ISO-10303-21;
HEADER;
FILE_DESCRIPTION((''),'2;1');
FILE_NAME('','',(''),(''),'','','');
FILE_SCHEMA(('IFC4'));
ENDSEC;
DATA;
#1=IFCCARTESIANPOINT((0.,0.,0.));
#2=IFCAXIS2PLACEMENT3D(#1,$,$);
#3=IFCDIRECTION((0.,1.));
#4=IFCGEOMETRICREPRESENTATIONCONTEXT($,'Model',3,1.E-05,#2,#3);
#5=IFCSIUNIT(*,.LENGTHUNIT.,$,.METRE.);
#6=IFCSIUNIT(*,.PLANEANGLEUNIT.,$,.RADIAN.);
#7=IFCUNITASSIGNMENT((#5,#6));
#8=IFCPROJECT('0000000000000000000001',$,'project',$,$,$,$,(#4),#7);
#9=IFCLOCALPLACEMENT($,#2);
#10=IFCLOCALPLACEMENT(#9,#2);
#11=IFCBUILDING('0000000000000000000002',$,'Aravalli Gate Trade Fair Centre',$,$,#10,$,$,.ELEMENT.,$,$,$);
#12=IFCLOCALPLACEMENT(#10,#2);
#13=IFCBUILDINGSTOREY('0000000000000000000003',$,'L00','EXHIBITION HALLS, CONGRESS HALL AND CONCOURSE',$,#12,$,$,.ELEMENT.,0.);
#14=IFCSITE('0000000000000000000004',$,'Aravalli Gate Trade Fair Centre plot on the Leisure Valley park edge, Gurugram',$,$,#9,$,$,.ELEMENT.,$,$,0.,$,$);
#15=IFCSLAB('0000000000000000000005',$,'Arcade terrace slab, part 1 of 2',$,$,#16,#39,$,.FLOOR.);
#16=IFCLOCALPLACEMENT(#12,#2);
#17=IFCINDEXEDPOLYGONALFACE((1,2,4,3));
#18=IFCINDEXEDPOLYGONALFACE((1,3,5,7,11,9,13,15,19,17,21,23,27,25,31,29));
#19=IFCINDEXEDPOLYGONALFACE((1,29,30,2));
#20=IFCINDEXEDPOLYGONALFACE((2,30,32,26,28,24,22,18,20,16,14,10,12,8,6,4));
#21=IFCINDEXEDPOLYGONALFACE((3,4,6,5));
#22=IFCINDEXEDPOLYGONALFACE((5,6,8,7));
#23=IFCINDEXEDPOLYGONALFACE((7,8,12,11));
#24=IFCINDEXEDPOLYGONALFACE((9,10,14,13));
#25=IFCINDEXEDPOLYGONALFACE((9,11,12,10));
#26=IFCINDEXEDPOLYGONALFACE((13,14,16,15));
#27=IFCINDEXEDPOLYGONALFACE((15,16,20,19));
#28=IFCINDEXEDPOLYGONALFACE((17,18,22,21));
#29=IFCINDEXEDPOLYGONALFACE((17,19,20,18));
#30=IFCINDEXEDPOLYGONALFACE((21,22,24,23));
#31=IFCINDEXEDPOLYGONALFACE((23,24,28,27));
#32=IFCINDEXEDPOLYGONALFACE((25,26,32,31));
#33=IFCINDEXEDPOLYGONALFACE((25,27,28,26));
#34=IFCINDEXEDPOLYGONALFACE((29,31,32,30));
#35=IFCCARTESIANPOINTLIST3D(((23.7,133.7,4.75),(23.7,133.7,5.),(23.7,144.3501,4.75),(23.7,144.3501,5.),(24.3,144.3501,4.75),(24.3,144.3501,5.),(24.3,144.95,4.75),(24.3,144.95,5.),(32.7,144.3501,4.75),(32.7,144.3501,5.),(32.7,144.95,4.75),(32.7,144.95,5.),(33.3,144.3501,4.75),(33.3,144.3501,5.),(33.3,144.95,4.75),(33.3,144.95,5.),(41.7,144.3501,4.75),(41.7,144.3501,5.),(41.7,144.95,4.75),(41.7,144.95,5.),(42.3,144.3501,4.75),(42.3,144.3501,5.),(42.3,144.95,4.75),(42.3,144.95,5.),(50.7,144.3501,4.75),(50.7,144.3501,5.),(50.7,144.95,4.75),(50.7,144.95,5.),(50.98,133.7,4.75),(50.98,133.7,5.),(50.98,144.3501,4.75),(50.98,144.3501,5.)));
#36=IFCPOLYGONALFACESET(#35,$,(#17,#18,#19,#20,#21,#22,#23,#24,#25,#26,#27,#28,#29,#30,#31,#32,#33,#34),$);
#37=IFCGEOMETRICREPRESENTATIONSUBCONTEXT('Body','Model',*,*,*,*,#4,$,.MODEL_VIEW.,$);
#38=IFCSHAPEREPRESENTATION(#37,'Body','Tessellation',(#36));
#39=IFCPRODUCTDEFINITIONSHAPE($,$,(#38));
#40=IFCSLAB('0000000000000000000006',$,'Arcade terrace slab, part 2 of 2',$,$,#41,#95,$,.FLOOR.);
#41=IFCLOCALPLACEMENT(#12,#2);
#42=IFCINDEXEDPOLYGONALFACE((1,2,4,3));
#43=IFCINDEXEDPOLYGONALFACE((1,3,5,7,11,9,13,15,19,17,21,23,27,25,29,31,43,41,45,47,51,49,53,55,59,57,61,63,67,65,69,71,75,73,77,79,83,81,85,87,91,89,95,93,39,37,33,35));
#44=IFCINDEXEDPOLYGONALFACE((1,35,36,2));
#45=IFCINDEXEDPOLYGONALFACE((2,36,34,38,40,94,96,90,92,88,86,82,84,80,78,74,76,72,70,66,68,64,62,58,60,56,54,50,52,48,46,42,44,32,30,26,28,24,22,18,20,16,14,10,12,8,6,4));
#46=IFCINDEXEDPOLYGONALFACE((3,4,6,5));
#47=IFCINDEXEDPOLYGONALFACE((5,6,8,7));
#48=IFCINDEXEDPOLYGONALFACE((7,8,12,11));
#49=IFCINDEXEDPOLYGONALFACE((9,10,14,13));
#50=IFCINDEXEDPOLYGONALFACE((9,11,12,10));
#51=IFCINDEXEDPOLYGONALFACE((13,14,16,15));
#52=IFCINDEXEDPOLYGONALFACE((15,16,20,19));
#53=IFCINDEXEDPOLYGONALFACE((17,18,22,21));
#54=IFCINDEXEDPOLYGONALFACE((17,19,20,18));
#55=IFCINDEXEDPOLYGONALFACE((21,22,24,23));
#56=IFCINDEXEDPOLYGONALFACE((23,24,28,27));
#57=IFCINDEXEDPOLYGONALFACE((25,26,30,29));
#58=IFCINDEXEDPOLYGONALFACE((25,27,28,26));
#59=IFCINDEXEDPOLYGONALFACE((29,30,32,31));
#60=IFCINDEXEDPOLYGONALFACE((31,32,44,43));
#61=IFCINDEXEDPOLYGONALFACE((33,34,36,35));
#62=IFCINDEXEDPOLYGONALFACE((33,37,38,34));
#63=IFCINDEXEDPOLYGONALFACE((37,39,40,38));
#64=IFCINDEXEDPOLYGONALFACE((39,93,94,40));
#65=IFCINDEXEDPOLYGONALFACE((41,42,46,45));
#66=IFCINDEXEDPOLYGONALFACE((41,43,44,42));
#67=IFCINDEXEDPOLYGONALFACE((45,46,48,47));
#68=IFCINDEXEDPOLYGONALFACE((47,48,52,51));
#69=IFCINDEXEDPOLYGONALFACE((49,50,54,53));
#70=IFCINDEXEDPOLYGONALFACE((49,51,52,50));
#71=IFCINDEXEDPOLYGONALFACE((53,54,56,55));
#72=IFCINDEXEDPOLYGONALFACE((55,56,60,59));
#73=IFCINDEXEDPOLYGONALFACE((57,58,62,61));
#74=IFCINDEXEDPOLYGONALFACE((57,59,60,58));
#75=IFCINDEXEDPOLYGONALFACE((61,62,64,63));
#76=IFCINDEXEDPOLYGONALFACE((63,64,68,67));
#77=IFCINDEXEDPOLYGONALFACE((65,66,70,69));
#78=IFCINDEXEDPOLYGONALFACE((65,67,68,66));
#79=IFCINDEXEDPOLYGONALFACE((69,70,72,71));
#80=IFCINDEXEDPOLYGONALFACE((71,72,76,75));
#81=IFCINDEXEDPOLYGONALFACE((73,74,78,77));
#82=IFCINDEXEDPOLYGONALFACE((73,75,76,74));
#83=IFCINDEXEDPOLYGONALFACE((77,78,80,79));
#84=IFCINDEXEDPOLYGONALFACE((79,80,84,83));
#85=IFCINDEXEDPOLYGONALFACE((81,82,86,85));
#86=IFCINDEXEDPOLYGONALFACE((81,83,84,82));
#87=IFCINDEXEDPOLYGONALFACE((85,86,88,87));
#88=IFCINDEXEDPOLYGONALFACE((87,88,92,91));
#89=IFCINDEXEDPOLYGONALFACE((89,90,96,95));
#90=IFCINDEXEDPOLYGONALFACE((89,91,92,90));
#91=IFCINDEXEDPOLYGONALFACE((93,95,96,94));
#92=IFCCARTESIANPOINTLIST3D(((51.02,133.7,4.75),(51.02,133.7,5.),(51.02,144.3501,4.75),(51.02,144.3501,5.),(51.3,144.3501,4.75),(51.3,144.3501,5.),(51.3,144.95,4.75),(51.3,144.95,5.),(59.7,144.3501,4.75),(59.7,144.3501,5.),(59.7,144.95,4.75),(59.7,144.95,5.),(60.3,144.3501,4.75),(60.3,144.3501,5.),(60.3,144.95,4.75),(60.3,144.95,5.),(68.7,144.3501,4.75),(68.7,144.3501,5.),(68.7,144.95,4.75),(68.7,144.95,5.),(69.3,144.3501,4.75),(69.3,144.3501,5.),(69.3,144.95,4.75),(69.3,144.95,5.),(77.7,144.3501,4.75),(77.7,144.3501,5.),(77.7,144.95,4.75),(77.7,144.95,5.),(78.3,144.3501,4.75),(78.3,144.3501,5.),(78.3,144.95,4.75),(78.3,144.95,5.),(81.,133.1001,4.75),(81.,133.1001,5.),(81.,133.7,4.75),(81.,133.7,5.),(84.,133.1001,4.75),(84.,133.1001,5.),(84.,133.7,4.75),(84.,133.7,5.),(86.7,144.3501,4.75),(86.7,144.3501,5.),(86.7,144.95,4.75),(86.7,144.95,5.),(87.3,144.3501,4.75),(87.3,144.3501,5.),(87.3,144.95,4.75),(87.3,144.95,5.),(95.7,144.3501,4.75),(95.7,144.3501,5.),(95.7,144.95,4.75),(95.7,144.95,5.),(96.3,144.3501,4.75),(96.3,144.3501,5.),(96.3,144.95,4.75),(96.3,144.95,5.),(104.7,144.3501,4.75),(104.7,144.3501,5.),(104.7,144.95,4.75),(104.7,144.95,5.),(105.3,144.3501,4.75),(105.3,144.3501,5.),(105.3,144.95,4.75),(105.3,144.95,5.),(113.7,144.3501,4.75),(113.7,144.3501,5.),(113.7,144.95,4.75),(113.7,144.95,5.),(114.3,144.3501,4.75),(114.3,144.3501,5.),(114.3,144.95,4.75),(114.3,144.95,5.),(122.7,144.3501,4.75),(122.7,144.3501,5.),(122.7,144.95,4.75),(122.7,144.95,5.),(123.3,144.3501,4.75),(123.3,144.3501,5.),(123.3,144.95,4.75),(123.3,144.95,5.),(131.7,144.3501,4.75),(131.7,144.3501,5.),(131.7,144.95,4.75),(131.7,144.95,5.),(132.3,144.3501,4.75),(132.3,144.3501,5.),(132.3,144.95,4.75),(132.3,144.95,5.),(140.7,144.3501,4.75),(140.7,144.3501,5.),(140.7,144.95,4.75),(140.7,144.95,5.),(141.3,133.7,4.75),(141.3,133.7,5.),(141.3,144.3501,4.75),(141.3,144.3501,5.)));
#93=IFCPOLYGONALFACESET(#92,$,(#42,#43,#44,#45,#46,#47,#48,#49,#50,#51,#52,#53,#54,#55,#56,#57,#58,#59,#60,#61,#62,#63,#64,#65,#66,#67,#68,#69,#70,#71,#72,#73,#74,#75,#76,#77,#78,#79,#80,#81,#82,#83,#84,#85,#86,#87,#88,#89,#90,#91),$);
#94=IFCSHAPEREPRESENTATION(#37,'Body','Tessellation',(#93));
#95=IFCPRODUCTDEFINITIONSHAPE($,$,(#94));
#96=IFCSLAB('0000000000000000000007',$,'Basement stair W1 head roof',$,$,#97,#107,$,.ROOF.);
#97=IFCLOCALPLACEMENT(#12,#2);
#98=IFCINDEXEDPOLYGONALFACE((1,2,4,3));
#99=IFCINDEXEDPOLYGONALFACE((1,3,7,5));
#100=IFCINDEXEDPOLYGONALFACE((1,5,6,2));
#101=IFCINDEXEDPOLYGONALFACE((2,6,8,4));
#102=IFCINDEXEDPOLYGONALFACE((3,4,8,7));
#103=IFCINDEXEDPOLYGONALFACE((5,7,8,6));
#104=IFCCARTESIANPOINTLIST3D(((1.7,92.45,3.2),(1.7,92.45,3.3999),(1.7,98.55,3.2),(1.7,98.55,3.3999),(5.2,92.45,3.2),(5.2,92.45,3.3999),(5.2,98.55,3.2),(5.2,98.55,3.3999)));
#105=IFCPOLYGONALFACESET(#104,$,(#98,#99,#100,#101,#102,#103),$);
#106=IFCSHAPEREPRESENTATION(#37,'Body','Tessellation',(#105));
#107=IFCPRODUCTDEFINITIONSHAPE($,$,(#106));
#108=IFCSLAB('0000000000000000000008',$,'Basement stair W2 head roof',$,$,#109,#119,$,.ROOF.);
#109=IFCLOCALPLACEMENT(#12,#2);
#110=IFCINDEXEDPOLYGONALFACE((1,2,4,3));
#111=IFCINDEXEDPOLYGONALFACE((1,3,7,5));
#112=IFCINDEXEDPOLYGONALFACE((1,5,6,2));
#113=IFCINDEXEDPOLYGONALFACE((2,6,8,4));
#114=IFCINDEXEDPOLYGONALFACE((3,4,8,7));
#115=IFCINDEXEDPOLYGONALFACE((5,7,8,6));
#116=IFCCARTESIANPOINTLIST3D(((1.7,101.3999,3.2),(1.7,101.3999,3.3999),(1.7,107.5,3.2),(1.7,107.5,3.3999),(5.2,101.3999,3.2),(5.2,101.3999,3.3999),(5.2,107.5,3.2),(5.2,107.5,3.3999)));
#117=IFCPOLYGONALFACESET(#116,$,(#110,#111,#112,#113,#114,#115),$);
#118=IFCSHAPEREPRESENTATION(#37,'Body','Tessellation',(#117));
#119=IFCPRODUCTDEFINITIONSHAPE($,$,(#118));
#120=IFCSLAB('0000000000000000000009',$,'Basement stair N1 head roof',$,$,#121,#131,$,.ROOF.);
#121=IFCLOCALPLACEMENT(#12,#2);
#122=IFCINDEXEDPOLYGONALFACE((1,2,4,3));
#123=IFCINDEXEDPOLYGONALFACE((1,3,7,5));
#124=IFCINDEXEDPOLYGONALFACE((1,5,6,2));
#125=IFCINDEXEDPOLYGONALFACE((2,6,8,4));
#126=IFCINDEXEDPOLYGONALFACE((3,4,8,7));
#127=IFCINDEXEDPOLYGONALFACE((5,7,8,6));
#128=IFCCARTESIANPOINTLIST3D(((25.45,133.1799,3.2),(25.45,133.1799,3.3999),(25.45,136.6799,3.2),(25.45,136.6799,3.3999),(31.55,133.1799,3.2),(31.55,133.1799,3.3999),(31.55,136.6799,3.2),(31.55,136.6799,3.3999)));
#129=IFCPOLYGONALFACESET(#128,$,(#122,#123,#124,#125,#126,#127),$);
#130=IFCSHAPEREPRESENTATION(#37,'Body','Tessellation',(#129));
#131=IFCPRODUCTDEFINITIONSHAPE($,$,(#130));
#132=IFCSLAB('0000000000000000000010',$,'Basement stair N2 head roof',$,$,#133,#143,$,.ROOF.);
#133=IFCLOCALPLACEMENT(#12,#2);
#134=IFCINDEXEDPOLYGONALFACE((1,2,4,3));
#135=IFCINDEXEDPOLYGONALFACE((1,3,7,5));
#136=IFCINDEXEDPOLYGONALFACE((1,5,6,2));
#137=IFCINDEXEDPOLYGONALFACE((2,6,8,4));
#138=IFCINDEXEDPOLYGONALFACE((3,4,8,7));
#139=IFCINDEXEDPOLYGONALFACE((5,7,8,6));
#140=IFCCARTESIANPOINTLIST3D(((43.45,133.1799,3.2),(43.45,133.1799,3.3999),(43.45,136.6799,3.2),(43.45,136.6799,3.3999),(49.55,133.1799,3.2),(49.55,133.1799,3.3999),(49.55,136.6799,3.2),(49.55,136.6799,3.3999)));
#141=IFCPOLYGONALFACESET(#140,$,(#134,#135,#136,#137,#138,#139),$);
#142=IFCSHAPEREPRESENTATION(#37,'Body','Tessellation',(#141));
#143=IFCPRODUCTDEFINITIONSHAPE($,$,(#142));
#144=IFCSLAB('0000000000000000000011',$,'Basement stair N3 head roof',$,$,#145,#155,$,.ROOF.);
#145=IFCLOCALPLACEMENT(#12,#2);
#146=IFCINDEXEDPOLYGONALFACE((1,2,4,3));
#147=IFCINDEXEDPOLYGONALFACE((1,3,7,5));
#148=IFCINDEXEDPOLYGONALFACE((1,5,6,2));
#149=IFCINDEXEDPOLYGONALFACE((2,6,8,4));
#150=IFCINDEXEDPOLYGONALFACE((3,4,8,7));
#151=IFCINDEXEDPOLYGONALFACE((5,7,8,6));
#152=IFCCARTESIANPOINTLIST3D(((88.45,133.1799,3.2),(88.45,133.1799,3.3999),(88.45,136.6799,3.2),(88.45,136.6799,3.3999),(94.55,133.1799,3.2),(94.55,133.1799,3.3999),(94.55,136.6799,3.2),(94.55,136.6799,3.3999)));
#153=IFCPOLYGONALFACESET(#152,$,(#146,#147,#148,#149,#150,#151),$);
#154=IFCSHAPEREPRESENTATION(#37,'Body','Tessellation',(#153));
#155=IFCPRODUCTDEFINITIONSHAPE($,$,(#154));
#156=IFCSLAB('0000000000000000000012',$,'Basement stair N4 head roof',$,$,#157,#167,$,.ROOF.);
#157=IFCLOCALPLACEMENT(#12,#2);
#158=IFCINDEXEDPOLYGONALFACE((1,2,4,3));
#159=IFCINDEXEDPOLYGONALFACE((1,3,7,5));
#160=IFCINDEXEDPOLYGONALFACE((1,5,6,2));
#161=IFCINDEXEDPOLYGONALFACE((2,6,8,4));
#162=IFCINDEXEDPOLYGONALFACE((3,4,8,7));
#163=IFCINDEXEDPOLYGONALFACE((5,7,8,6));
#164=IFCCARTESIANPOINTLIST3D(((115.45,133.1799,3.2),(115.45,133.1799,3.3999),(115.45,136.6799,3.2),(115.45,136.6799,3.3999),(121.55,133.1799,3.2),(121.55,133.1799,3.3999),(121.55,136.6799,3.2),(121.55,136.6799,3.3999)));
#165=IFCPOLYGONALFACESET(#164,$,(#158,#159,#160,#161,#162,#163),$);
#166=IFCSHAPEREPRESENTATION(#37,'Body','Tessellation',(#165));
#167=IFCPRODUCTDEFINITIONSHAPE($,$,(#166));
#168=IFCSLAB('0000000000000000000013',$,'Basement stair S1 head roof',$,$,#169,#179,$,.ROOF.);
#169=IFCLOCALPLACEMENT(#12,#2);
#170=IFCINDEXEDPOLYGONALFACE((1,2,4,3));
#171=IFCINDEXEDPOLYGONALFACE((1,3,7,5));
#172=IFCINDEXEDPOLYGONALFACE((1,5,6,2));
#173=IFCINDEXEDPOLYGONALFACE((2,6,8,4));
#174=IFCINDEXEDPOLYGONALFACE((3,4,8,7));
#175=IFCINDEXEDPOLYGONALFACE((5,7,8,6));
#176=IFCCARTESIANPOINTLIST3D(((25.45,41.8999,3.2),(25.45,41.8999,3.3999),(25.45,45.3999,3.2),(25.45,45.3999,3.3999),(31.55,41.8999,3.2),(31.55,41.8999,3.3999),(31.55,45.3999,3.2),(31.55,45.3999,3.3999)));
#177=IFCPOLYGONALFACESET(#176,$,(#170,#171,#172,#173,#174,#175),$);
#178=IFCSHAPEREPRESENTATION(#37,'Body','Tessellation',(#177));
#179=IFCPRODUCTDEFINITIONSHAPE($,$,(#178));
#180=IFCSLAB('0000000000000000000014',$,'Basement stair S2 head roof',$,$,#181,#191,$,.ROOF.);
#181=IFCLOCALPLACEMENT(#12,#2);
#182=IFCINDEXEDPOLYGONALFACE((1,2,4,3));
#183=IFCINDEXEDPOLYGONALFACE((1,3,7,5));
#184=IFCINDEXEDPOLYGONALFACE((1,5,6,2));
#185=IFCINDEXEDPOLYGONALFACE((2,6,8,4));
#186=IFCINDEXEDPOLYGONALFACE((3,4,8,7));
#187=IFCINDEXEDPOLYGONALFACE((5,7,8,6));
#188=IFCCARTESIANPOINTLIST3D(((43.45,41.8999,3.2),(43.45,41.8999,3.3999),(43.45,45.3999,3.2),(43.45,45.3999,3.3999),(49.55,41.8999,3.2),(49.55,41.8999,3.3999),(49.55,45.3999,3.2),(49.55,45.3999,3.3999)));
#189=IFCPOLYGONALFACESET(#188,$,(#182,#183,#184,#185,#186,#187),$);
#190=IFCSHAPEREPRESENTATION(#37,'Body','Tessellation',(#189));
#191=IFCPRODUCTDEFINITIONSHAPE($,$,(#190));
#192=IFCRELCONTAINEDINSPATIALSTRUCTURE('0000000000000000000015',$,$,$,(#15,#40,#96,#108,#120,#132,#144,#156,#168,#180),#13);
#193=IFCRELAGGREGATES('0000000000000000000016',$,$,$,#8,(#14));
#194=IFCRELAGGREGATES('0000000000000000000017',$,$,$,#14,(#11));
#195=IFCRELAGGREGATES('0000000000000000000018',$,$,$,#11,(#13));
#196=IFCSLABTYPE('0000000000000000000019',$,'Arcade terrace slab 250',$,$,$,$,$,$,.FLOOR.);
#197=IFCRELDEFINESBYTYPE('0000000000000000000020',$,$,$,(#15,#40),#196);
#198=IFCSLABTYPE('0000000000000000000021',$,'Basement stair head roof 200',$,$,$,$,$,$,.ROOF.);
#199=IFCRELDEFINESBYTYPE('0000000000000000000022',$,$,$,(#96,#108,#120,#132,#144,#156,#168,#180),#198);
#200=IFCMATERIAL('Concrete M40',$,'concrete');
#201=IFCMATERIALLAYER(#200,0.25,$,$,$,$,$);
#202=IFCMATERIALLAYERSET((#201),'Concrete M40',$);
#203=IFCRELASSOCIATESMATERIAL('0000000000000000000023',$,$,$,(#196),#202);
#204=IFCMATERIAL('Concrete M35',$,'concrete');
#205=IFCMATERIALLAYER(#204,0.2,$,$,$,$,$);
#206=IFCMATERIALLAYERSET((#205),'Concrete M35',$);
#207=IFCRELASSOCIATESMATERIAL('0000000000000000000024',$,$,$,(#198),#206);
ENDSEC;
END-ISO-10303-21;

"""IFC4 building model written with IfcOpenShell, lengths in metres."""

from ifc_helpers import new_model, si_unit, direction, frame, origin, place, context, subcontext, project, spatial, polyline, outline, extrude, material, layer, layer_set, type_object, element, save


model = new_model("IFC4")

# Units and contexts
model_context = context("Model", 3, precision=1e-05, world=origin(), true_north=direction((0.0, 1.0)))
body_context = subcontext(model_context, "Body", "Model", "MODEL_VIEW")
ifc_project = project(units=[si_unit("LENGTHUNIT", "METRE"), si_unit("PLANEANGLEUNIT", "RADIAN")], contexts=[model_context])

# Site, building, storey
site_placement = place(None, origin())
site = spatial("IfcSite", under=ifc_project, at=site_placement, Name="Aravalli Gate Trade Fair Centre plot on the Leisure Valley park edge, Gurugram", CompositionType="ELEMENT", RefElevation=0.0)
building_placement = place(site_placement, origin())
building = spatial("IfcBuilding", under=site, at=building_placement, Name="Aravalli Gate Trade Fair Centre", CompositionType="ELEMENT")
storey_placement = place(building_placement, origin())
storey = spatial("IfcBuildingStorey", under=building, at=storey_placement, Name="L00", Description="EXHIBITION HALLS, CONGRESS HALL AND CONCOURSE", CompositionType="ELEMENT", Elevation=0.0)

# Slabs
ifc_material_1 = material(Name="Concrete M40", Category="concrete")
ifc_layer_1 = layer(ifc_material_1, 0.25)
ifc_layer_set_1 = layer_set([ifc_layer_1], Name="Concrete M40")
slab_type_1 = type_object("IfcSlabType", Name="Arcade terrace slab 250", PredefinedType="FLOOR", material=ifc_layer_set_1)
slab_1_placement = place(storey_placement, frame((0.0, 0.0, 4.75)))
element("IfcSlab", 1, at=slab_1_placement, inside=storey, type_object=slab_type_1, Name="Arcade terrace slab, part 1 of 2", PredefinedType="FLOOR", context=body_context, shape_type="SweptSolid", body=[
    extrude(outline(polyline([(23.7, 133.7), (50.98, 133.7), (50.98, 144.3501), (50.7, 144.3501), (50.7, 144.95), (42.3, 144.95), (42.3, 144.3501), (41.7, 144.3501), (41.7, 144.95), (33.3, 144.95), (33.3, 144.3501), (32.7, 144.3501), (32.7, 144.95), (24.3, 144.95), (24.3, 144.3501), (23.7, 144.3501), (23.7, 133.7)])), origin(), (0.0, 0.0, 1.0), 0.25),
])
slab_2_placement = place(storey_placement, frame((0.0, 0.0, 4.75)))
element("IfcSlab", 2, at=slab_2_placement, inside=storey, type_object=slab_type_1, Name="Arcade terrace slab, part 2 of 2", PredefinedType="FLOOR", context=body_context, shape_type="SweptSolid", body=[
    extrude(outline(polyline([(51.3, 144.3501), (51.02, 144.3501), (51.02, 133.7), (81.0, 133.7), (81.0, 133.1001), (84.0, 133.1001), (84.0, 133.7), (141.3, 133.7), (141.3, 144.3501), (140.7, 144.3501), (140.7, 144.95), (132.3, 144.95), (132.3, 144.3501), (131.7, 144.3501), (131.7, 144.95), (123.3, 144.95), (123.3, 144.3501), (122.7, 144.3501), (122.7, 144.95), (114.3, 144.95), (114.3, 144.3501), (113.7, 144.3501), (113.7, 144.95), (105.3, 144.95), (105.3, 144.3501), (104.7, 144.3501), (104.7, 144.95), (96.3, 144.95), (96.3, 144.3501), (95.7, 144.3501), (95.7, 144.95), (87.3, 144.95), (87.3, 144.3501), (86.7, 144.3501), (86.7, 144.95), (78.3, 144.95), (78.3, 144.3501), (77.7, 144.3501), (77.7, 144.95), (69.3, 144.95), (69.3, 144.3501), (68.7, 144.3501), (68.7, 144.95), (60.3, 144.95), (60.3, 144.3501), (59.7, 144.3501), (59.7, 144.95), (51.3, 144.95), (51.3, 144.3501)])), origin(), (0.0, 0.0, 1.0), 0.25),
])
ifc_material_2 = material(Name="Concrete M35", Category="concrete")
ifc_layer_2 = layer(ifc_material_2, 0.2)
ifc_layer_set_2 = layer_set([ifc_layer_2], Name="Concrete M35")
slab_type_2 = type_object("IfcSlabType", Name="Basement stair head roof 200", PredefinedType="ROOF", material=ifc_layer_set_2)
slab_3_placement = place(storey_placement, frame((0.0, 0.0, 3.2)))
element("IfcSlab", 3, at=slab_3_placement, inside=storey, type_object=slab_type_2, Name="Basement stair W1 head roof", PredefinedType="ROOF", context=body_context, shape_type="SweptSolid", body=[
    extrude(outline(polyline([(5.2, 98.55), (5.2, 92.45), (1.7, 92.45), (1.7, 98.55), (5.2, 98.55)])), origin(), (0.0, 0.0, 1.0), 0.2),
])
slab_4_placement = place(storey_placement, frame((0.0, 0.0, 3.2)))
element("IfcSlab", 4, at=slab_4_placement, inside=storey, type_object=slab_type_2, Name="Basement stair W2 head roof", PredefinedType="ROOF", context=body_context, shape_type="SweptSolid", body=[
    extrude(outline(polyline([(5.2, 107.5), (5.2, 101.3999), (1.7, 101.3999), (1.7, 107.5), (5.2, 107.5)])), origin(), (0.0, 0.0, 1.0), 0.2),
])
slab_5_placement = place(storey_placement, frame((0.0, 0.0, 3.2)))
element("IfcSlab", 5, at=slab_5_placement, inside=storey, type_object=slab_type_2, Name="Basement stair N1 head roof", PredefinedType="ROOF", context=body_context, shape_type="SweptSolid", body=[
    extrude(outline(polyline([(31.55, 133.1799), (25.45, 133.1799), (25.45, 136.6799), (31.55, 136.6799), (31.55, 133.1799)])), origin(), (0.0, 0.0, 1.0), 0.2),
])
slab_6_placement = place(storey_placement, frame((0.0, 0.0, 3.2)))
element("IfcSlab", 6, at=slab_6_placement, inside=storey, type_object=slab_type_2, Name="Basement stair N2 head roof", PredefinedType="ROOF", context=body_context, shape_type="SweptSolid", body=[
    extrude(outline(polyline([(49.55, 133.1799), (43.45, 133.1799), (43.45, 136.6799), (49.55, 136.6799), (49.55, 133.1799)])), origin(), (0.0, 0.0, 1.0), 0.2),
])
slab_7_placement = place(storey_placement, frame((0.0, 0.0, 3.2)))
element("IfcSlab", 7, at=slab_7_placement, inside=storey, type_object=slab_type_2, Name="Basement stair N3 head roof", PredefinedType="ROOF", context=body_context, shape_type="SweptSolid", body=[
    extrude(outline(polyline([(94.55, 133.1799), (88.45, 133.1799), (88.45, 136.6799), (94.55, 136.6799), (94.55, 133.1799)])), origin(), (0.0, 0.0, 1.0), 0.2),
])
slab_8_placement = place(storey_placement, frame((0.0, 0.0, 3.2)))
element("IfcSlab", 8, at=slab_8_placement, inside=storey, type_object=slab_type_2, Name="Basement stair N4 head roof", PredefinedType="ROOF", context=body_context, shape_type="SweptSolid", body=[
    extrude(outline(polyline([(121.55, 133.1799), (115.45, 133.1799), (115.45, 136.6799), (121.55, 136.6799), (121.55, 133.1799)])), origin(), (0.0, 0.0, 1.0), 0.2),
])
slab_9_placement = place(storey_placement, frame((0.0, 0.0, 3.2)))
element("IfcSlab", 9, at=slab_9_placement, inside=storey, type_object=slab_type_2, Name="Basement stair S1 head roof", PredefinedType="ROOF", context=body_context, shape_type="SweptSolid", body=[
    extrude(outline(polyline([(25.45, 45.3999), (31.55, 45.3999), (31.55, 41.8999), (25.45, 41.8999), (25.45, 45.3999)])), origin(), (0.0, 0.0, 1.0), 0.2),
])
slab_10_placement = place(storey_placement, frame((0.0, 0.0, 3.2)))
element("IfcSlab", 10, at=slab_10_placement, inside=storey, type_object=slab_type_2, Name="Basement stair S2 head roof", PredefinedType="ROOF", context=body_context, shape_type="SweptSolid", body=[
    extrude(outline(polyline([(43.45, 45.3999), (49.55, 45.3999), (49.55, 41.8999), (43.45, 41.8999), (43.45, 45.3999)])), origin(), (0.0, 0.0, 1.0), 0.2),
])

save(model, "model.ifc")
